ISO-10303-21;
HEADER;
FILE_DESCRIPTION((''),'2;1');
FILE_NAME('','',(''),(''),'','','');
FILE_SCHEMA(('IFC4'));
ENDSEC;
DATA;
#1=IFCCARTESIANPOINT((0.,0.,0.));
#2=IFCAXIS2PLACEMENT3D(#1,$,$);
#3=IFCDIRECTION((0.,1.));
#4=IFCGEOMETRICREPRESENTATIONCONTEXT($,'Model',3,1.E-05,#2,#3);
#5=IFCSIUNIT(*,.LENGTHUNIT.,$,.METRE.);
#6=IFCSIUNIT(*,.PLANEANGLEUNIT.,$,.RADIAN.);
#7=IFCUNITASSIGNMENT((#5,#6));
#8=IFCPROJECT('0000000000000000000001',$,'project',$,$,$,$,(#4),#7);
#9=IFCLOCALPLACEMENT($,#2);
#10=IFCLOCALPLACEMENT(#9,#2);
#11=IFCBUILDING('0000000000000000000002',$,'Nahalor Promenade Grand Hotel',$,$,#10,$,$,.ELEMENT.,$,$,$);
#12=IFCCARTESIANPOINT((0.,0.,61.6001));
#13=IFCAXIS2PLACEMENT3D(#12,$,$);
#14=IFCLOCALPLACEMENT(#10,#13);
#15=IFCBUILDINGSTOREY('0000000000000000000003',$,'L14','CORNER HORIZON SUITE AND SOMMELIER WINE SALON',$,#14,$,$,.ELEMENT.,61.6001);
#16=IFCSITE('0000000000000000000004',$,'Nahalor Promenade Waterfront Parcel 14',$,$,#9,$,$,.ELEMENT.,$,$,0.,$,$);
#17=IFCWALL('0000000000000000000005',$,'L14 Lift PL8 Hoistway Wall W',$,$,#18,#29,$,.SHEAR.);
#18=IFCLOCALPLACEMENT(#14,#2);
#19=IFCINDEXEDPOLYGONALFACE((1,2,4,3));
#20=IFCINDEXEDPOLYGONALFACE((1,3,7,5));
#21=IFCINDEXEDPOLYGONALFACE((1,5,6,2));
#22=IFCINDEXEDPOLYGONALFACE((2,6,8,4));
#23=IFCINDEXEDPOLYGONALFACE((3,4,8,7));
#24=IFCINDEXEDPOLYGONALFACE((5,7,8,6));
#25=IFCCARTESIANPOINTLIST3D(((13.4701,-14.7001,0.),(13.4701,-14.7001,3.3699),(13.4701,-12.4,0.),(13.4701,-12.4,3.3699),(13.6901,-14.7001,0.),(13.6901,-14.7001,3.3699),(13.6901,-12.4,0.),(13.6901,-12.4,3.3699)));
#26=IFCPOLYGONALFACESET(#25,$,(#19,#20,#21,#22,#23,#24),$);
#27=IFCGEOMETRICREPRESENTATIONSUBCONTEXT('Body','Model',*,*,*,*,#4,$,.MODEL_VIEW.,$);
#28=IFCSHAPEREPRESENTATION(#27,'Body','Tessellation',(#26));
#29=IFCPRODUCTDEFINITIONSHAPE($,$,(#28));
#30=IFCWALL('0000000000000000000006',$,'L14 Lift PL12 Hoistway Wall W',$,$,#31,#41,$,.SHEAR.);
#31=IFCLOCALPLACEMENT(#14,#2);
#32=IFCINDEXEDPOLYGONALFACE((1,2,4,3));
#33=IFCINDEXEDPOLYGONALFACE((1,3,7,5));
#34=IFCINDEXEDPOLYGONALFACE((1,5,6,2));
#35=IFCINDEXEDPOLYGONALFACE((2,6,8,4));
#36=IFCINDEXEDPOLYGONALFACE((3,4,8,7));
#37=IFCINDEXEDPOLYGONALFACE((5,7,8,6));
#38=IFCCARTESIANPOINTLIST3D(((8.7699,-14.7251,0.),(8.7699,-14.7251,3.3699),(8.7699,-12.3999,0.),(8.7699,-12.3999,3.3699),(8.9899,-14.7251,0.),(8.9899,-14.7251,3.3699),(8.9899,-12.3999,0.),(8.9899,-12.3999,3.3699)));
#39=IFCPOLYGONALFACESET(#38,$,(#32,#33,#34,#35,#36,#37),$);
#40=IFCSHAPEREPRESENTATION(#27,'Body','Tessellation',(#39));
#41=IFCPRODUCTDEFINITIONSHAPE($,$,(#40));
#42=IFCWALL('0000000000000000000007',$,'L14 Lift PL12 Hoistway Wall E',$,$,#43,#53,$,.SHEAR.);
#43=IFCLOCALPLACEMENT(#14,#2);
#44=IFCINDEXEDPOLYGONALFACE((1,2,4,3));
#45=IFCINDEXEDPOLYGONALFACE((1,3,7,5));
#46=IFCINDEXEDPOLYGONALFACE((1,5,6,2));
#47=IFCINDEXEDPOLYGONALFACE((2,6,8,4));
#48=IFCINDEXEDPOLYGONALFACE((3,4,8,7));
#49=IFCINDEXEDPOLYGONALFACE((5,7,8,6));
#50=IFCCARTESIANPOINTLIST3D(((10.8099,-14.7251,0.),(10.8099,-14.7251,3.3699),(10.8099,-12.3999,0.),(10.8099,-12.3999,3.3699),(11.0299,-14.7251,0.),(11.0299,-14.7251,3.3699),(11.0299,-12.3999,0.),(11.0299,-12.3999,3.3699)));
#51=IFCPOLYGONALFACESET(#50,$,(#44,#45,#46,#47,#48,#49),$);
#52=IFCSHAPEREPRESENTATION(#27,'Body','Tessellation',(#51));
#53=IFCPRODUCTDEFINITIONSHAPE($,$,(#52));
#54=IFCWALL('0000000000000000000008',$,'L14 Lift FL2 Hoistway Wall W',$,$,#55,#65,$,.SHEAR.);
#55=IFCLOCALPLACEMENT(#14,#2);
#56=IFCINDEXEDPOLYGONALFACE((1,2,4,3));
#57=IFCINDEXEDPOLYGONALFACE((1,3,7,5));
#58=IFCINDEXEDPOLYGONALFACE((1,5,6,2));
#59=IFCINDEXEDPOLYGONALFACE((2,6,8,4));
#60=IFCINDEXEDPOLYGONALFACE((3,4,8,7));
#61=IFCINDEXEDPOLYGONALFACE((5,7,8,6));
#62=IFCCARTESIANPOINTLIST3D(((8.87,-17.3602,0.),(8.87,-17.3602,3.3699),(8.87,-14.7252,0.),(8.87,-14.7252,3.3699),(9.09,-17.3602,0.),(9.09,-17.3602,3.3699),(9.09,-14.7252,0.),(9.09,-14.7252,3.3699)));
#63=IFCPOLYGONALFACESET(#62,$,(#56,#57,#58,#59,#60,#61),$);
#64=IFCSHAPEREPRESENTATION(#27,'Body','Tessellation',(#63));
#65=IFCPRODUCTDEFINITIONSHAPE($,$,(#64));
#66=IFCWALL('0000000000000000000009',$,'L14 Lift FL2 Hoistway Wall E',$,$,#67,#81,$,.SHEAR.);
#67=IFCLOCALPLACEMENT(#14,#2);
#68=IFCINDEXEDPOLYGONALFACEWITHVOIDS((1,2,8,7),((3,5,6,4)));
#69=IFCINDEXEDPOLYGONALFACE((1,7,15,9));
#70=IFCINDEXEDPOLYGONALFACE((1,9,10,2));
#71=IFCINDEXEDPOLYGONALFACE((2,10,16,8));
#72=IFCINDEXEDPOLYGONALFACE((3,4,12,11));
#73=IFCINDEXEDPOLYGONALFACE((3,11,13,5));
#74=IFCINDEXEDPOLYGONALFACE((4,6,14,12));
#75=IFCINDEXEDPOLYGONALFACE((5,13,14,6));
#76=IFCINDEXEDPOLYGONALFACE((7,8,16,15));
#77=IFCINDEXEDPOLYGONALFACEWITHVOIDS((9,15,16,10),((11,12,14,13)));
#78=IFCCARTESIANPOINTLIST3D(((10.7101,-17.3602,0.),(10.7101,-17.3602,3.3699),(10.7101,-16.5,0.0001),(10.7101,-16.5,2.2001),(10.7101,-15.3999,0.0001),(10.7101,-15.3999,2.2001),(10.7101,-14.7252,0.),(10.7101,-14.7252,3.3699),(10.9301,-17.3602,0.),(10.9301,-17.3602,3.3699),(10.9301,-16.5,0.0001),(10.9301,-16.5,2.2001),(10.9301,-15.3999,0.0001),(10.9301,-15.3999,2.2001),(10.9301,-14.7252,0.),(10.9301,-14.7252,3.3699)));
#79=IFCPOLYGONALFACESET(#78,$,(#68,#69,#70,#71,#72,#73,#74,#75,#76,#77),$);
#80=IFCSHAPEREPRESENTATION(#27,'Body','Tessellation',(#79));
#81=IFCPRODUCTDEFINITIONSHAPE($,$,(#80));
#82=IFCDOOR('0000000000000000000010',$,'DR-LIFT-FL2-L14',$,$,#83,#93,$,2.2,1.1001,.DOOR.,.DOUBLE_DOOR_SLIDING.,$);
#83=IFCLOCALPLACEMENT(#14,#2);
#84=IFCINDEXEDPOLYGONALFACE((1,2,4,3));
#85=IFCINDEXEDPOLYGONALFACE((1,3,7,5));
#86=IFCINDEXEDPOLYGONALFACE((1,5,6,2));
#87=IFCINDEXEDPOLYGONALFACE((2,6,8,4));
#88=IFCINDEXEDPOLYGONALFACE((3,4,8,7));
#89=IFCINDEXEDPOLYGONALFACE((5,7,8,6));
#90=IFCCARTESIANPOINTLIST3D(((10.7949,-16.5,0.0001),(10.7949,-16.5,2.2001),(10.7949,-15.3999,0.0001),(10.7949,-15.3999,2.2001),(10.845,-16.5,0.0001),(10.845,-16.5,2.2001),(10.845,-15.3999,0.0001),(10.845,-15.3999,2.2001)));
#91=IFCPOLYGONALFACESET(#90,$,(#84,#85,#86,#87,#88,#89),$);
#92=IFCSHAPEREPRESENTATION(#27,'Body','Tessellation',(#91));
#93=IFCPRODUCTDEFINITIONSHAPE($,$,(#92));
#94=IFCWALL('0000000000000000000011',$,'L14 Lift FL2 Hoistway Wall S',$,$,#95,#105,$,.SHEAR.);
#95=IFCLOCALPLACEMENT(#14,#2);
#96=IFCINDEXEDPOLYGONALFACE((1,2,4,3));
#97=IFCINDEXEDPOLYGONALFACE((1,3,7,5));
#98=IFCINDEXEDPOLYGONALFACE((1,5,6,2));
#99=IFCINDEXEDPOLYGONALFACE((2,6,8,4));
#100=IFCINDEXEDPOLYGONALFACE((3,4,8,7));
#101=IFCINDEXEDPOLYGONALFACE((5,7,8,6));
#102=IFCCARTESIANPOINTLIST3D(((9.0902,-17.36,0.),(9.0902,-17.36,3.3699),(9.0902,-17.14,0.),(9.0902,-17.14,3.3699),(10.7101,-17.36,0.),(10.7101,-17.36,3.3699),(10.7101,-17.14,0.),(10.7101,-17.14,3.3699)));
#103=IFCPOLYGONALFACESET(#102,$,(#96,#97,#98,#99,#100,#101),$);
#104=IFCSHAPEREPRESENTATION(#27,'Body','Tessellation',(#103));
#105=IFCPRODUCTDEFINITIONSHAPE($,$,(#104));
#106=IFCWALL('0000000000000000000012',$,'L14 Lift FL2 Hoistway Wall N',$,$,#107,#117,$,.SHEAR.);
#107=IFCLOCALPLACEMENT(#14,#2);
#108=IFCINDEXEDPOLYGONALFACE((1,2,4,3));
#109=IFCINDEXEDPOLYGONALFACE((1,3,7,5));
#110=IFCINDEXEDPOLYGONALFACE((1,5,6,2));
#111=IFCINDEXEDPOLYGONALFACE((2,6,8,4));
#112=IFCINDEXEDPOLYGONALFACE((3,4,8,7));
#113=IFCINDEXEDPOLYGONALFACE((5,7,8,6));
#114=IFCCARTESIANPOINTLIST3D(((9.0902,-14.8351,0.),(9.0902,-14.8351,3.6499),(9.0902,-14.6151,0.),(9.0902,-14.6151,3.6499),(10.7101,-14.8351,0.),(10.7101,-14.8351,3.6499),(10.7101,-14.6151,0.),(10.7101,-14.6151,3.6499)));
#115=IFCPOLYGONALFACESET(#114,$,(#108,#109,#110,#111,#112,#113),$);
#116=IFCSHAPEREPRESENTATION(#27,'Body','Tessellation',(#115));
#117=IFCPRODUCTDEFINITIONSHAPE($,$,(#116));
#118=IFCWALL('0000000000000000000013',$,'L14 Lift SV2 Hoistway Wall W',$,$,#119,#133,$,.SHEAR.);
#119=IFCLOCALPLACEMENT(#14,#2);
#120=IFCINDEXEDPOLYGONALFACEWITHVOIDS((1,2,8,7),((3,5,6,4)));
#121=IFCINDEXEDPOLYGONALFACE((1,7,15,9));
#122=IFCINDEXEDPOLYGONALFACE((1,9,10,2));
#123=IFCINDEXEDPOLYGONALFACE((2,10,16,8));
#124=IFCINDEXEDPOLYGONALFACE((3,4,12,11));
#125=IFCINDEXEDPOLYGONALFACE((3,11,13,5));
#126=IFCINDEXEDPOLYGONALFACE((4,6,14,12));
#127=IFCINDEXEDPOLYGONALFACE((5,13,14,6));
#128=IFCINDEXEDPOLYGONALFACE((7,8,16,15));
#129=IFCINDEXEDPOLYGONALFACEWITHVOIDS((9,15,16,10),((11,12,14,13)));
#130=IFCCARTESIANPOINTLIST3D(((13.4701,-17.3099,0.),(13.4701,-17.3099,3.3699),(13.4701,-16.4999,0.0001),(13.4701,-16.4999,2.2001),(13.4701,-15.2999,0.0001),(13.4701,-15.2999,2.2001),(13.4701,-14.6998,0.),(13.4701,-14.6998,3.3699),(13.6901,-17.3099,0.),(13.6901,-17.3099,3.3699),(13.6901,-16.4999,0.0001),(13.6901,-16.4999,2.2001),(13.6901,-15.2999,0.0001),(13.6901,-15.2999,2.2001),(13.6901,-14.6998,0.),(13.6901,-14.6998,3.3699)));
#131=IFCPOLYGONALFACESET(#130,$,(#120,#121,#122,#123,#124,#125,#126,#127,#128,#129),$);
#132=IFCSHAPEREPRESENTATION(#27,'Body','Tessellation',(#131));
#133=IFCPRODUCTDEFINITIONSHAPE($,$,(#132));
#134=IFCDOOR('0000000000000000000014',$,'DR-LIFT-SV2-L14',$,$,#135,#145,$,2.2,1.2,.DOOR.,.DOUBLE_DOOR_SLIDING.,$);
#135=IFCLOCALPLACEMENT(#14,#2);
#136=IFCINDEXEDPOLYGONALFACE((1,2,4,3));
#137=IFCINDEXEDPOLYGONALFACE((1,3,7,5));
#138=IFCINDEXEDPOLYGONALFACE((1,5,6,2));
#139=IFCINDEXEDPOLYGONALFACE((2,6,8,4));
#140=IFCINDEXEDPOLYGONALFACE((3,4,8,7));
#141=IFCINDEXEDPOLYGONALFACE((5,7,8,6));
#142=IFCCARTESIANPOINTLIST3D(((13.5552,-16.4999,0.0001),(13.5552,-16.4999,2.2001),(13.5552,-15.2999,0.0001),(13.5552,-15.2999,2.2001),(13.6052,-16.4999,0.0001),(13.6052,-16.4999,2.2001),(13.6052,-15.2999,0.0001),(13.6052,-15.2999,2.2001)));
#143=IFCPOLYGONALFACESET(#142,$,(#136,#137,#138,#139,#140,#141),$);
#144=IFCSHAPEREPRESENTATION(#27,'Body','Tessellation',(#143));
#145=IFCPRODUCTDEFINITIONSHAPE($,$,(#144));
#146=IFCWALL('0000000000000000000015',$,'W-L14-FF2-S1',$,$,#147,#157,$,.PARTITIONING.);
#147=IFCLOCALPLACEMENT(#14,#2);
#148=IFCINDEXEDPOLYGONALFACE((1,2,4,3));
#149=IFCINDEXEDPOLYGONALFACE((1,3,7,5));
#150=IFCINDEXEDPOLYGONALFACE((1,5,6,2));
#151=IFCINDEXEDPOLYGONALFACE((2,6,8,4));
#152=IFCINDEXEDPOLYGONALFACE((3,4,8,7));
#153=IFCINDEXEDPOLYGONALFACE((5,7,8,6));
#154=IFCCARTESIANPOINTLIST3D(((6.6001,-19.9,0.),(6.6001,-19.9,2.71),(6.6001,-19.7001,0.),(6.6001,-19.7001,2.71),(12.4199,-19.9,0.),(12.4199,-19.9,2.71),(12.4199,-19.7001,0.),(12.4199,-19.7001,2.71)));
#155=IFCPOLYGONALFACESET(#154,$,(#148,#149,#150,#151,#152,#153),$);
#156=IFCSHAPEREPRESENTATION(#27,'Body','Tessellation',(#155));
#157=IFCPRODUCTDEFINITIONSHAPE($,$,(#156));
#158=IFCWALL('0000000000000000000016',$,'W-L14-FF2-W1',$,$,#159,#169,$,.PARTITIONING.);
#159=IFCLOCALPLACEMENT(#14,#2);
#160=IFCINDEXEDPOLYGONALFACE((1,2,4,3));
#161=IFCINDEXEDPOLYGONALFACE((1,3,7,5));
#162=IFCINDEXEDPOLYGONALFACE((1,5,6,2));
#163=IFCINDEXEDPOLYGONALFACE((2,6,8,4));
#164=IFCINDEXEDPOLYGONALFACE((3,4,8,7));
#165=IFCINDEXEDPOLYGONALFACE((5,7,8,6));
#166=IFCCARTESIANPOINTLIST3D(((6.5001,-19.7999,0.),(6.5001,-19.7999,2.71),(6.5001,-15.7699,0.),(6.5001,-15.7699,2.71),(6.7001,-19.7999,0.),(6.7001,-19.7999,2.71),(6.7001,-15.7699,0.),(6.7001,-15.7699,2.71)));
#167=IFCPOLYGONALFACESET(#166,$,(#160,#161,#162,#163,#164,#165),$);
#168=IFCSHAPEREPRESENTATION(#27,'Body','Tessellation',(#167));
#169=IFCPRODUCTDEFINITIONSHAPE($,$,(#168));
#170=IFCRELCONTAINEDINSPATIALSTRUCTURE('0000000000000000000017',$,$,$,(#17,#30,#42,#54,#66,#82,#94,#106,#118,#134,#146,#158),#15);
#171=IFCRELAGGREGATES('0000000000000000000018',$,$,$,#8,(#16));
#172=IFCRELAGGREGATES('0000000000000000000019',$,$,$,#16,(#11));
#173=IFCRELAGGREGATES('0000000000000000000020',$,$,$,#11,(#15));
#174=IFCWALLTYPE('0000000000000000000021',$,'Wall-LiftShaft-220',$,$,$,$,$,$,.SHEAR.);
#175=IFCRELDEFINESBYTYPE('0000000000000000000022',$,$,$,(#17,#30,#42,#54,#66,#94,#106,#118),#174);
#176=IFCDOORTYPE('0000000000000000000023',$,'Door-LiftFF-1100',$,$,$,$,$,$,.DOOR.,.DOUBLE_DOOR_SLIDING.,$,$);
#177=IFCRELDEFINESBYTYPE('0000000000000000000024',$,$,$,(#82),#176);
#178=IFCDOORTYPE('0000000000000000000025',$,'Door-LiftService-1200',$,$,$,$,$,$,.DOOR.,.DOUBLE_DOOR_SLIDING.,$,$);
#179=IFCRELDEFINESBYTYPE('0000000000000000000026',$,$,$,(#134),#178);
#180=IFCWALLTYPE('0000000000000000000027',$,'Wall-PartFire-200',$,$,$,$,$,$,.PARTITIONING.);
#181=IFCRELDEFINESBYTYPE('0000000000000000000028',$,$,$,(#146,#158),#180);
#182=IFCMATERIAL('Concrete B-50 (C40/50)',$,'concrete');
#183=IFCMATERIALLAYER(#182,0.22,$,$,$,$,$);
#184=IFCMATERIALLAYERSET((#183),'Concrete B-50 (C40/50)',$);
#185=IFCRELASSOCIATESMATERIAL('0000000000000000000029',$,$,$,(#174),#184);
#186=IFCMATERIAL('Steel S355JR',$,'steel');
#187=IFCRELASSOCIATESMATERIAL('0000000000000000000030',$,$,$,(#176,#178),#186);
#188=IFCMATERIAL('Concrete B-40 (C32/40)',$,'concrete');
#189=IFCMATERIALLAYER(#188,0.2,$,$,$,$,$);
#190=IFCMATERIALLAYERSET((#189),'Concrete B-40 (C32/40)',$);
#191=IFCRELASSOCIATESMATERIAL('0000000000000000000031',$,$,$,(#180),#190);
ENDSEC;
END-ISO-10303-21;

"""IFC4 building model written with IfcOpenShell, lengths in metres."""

from ifc_helpers import new_model, si_unit, direction, frame, frame_2d, origin, place, context, subcontext, project, spatial, rectangle, extrude, source, transform, mapped, material, layer, layer_set, type_object, element, fill, save


model = new_model("IFC4")

# Units and contexts
model_context = context("Model", 3, precision=1e-05, world=origin(), true_north=direction((0.0, 1.0)))
body_context = subcontext(model_context, "Body", "Model", "MODEL_VIEW")
ifc_project = project(units=[si_unit("LENGTHUNIT", "METRE"), si_unit("PLANEANGLEUNIT", "RADIAN")], contexts=[model_context])

# Site, building, storey
site_placement = place(None, origin())
site = spatial("IfcSite", under=ifc_project, at=site_placement, Name="Nahalor Promenade Waterfront Parcel 14", CompositionType="ELEMENT", RefElevation=0.0)
building_placement = place(site_placement, origin())
building = spatial("IfcBuilding", under=site, at=building_placement, Name="Nahalor Promenade Grand Hotel", CompositionType="ELEMENT")
storey_placement = place(building_placement, frame((0.0, 0.0, 61.6001)))
storey = spatial("IfcBuildingStorey", under=building, at=storey_placement, Name="L14", Description="CORNER HORIZON SUITE AND SOMMELIER WINE SALON", CompositionType="ELEMENT", Elevation=61.6001)

# Shared definitions
ifc_material_1 = material(Name="Steel S355JR", Category="steel")

# Shared definitions
ifc_material_2 = material(Name="Concrete B-50 (C40/50)", Category="concrete")

# Walls
ifc_layer_1 = layer(ifc_material_2, 0.22)
ifc_layer_set_1 = layer_set([ifc_layer_1], Name="Concrete B-50 (C40/50)")
wall_type_1 = type_object("IfcWallType", Name="Wall-LiftShaft-220", PredefinedType="SHEAR", material=ifc_layer_set_1)
shared_shape_1 = source(origin(), body_context, "Body", "SweptSolid", [
    extrude(rectangle(XDim=2.3, YDim=0.22, at=frame_2d((1.1499, 0.0))), origin(), (0.0, 0.0, 1.0), 3.3699),
])
wall_1_placement = place(storey_placement, frame((13.5801, -14.7, 0.0), z_axis=(0.0, 0.0, 1.0), x_axis=(0.0, 1.0, 0.0)))
element("IfcWall", 1, at=wall_1_placement, inside=storey, type_object=wall_type_1, Name="L14 Lift PL8 Hoistway Wall W", PredefinedType="SHEAR", context=body_context, shape_type="MappedRepresentation", body=[
    mapped(shared_shape_1, transform((0.0, 0.0, 0.0), scale=1.0)),
])
shared_shape_2 = source(origin(), body_context, "Body", "SweptSolid", [
    extrude(rectangle(XDim=2.3252, YDim=0.22, at=frame_2d((1.1626, 0.0))), origin(), (0.0, 0.0, 1.0), 3.3699),
])
for number, where, z_axis, x_axis, name in (
    (2, (8.8799, -14.7251, 0.0), (0.0, 0.0, 1.0), (0.0, 1.0, 0.0), "L14 Lift PL12 Hoistway Wall W"),
    (3, (10.9199, -14.7251, 0.0), (0.0, 0.0, 1.0), (0.0, 1.0, 0.0), "L14 Lift PL12 Hoistway Wall E"),
):
    element("IfcWall", number, at=place(storey_placement, frame(where, z_axis=z_axis, x_axis=x_axis)), inside=storey, type_object=wall_type_1, Name=name, PredefinedType="SHEAR", context=body_context, shape_type="MappedRepresentation", body=[
        mapped(shared_shape_2, transform((0.0, 0.0, 0.0), scale=1.0)),
    ])
shared_shape_3 = source(origin(), body_context, "Body", "SweptSolid", [
    extrude(rectangle(XDim=2.635, YDim=0.22, at=frame_2d((1.3174, 0.0))), origin(), (0.0, 0.0, 1.0), 3.3699),
])
wall_2_placement = place(storey_placement, frame((8.98, -17.3601, 0.0), z_axis=(0.0, 0.0, 1.0), x_axis=(0.0, 1.0, 0.0)))
element("IfcWall", 4, at=wall_2_placement, inside=storey, type_object=wall_type_1, Name="L14 Lift FL2 Hoistway Wall W", PredefinedType="SHEAR", context=body_context, shape_type="MappedRepresentation", body=[
    mapped(shared_shape_3, transform((0.0, 0.0, 0.0), scale=1.0)),
])

# Wall, opening, door
wall_3_placement = place(storey_placement, frame((10.8201, -17.3601, 0.0), z_axis=(0.0, 0.0, 1.0), x_axis=(0.0, 1.0, 0.0)))
wall_3 = element("IfcWall", 5, at=wall_3_placement, inside=storey, type_object=wall_type_1, Name="L14 Lift FL2 Hoistway Wall E", PredefinedType="SHEAR", context=body_context, shape_type="MappedRepresentation", body=[
    mapped(shared_shape_3, transform((0.0, 0.0, 0.0), scale=1.0)),
])
opening_1_placement = place(wall_3_placement, frame((0.8601, 0.0, 0.0)))
opening_1 = element("IfcOpeningElement", 6, at=opening_1_placement, cuts=wall_3, PredefinedType="OPENING", context=body_context, shape_type="SweptSolid", body=[
    extrude(rectangle(XDim=1.1001, YDim=2.2, at=frame_2d((0.55, 1.1001))), frame((0.0, 0.1199, 0.0), z_axis=(0.0, -1.0, 0.0), x_axis=(1.0, 0.0, 0.0)), (0.0, 0.0, 1.0), 0.24),
])
door_type_1 = type_object("IfcDoorType", Name="Door-LiftFF-1100", OperationType="DOUBLE_DOOR_SLIDING", PredefinedType="DOOR", material=ifc_material_1)
shared_shape_4 = source(origin(), body_context, "Body", "SweptSolid", [
    extrude(rectangle(XDim=1.1001, YDim=2.2, at=frame_2d((0.55, 1.1001))), frame((0.0, 0.0249, 0.0), z_axis=(0.0, -1.0, 0.0), x_axis=(1.0, 0.0, 0.0)), (0.0, 0.0, 1.0), 0.05),
])
door_1_placement = place(opening_1_placement, frame((1.1001, 0.0, 0.0), z_axis=(0.0, 0.0, 1.0), x_axis=(-1.0, 0.0, 0.0)))
door_1 = element("IfcDoor", 7, at=door_1_placement, inside=storey, type_object=door_type_1, Name="DR-LIFT-FL2-L14", OperationType="DOUBLE_DOOR_SLIDING", OverallHeight=2.2, OverallWidth=1.1001, PredefinedType="DOOR", context=body_context, shape_type="MappedRepresentation", body=[
    mapped(shared_shape_4, transform((0.0, 0.0, 0.0), scale=1.0)),
])
fill(opening_1, door_1)

# Walls
shared_shape_5 = source(origin(), body_context, "Body", "SweptSolid", [
    extrude(rectangle(XDim=1.6199, YDim=0.22, at=frame_2d((0.8101, 0.0))), origin(), (0.0, 0.0, 1.0), 3.3699),
])
wall_4_placement = place(storey_placement, frame((9.0901, -17.25, 0.0), z_axis=(0.0, 0.0, 1.0), x_axis=(1.0, 0.0, 0.0)))
element("IfcWall", 8, at=wall_4_placement, inside=storey, type_object=wall_type_1, Name="L14 Lift FL2 Hoistway Wall S", PredefinedType="SHEAR", context=body_context, shape_type="MappedRepresentation", body=[
    mapped(shared_shape_5, transform((0.0, 0.0, 0.0), scale=1.0)),
])
shared_shape_6 = source(origin(), body_context, "Body", "SweptSolid", [
    extrude(rectangle(XDim=1.6199, YDim=0.22, at=frame_2d((0.8101, 0.0))), origin(), (0.0, 0.0, 1.0), 3.6499),
])
wall_5_placement = place(storey_placement, frame((9.0901, -14.7251, 0.0), z_axis=(0.0, 0.0, 1.0), x_axis=(1.0, 0.0, 0.0)))
element("IfcWall", 9, at=wall_5_placement, inside=storey, type_object=wall_type_1, Name="L14 Lift FL2 Hoistway Wall N", PredefinedType="SHEAR", context=body_context, shape_type="MappedRepresentation", body=[
    mapped(shared_shape_6, transform((0.0, 0.0, 0.0), scale=1.0)),
])

# Wall, opening, door
shared_shape_7 = source(origin(), body_context, "Body", "SweptSolid", [
    extrude(rectangle(XDim=2.6101, YDim=0.22, at=frame_2d((1.3052, 0.0))), origin(), (0.0, 0.0, 1.0), 3.3699),
])
wall_6_placement = place(storey_placement, frame((13.5801, -17.3101, 0.0), z_axis=(0.0, 0.0, 1.0), x_axis=(0.0, 1.0, 0.0)))
wall_6 = element("IfcWall", 10, at=wall_6_placement, inside=storey, type_object=wall_type_1, Name="L14 Lift SV2 Hoistway Wall W", PredefinedType="SHEAR", context=body_context, shape_type="MappedRepresentation", body=[
    mapped(shared_shape_7, transform((0.0, 0.0, 0.0), scale=1.0)),
])
opening_2_placement = place(wall_6_placement, frame((0.8101, 0.0, 0.0)))
opening_2 = element("IfcOpeningElement", 11, at=opening_2_placement, cuts=wall_6, PredefinedType="OPENING", context=body_context, shape_type="SweptSolid", body=[
    extrude(rectangle(XDim=1.2, YDim=2.2, at=frame_2d((0.6001, 1.1001))), frame((0.0, 0.1199, 0.0), z_axis=(0.0, -1.0, 0.0), x_axis=(1.0, 0.0, 0.0)), (0.0, 0.0, 1.0), 0.24),
])
door_type_2 = type_object("IfcDoorType", Name="Door-LiftService-1200", OperationType="DOUBLE_DOOR_SLIDING", PredefinedType="DOOR", material=ifc_material_1)
shared_shape_8 = source(origin(), body_context, "Body", "SweptSolid", [
    extrude(rectangle(XDim=1.2, YDim=2.2, at=frame_2d((0.6001, 1.1001))), frame((0.0, 0.0249, 0.0), z_axis=(0.0, -1.0, 0.0), x_axis=(1.0, 0.0, 0.0)), (0.0, 0.0, 1.0), 0.05),
])
door_2_placement = place(opening_2_placement, origin())
door_2 = element("IfcDoor", 12, at=door_2_placement, inside=storey, type_object=door_type_2, Name="DR-LIFT-SV2-L14", OperationType="DOUBLE_DOOR_SLIDING", OverallHeight=2.2, OverallWidth=1.2, PredefinedType="DOOR", context=body_context, shape_type="MappedRepresentation", body=[
    mapped(shared_shape_8, transform((0.0, 0.0, 0.0), scale=1.0)),
])
fill(opening_2, door_2)

# Walls
ifc_material_3 = material(Name="Concrete B-40 (C32/40)", Category="concrete")
ifc_layer_2 = layer(ifc_material_3, 0.2)
ifc_layer_set_2 = layer_set([ifc_layer_2], Name="Concrete B-40 (C32/40)")
wall_type_2 = type_object("IfcWallType", Name="Wall-PartFire-200", PredefinedType="PARTITIONING", material=ifc_layer_set_2)
shared_shape_9 = source(origin(), body_context, "Body", "SweptSolid", [
    extrude(rectangle(XDim=5.8198, YDim=0.2, at=frame_2d((2.9099, 0.0))), origin(), (0.0, 0.0, 1.0), 2.71),
])
wall_7_placement = place(storey_placement, frame((6.6001, -19.8, 0.0), z_axis=(0.0, 0.0, 1.0), x_axis=(1.0, 0.0, 0.0)))
element("IfcWall", 13, at=wall_7_placement, inside=storey, type_object=wall_type_2, Name="W-L14-FF2-S1", PredefinedType="PARTITIONING", context=body_context, shape_type="MappedRepresentation", body=[
    mapped(shared_shape_9, transform((0.0, 0.0, 0.0), scale=1.0)),
])
shared_shape_10 = source(origin(), body_context, "Body", "SweptSolid", [
    extrude(rectangle(XDim=4.03, YDim=0.2, at=frame_2d((2.0151, 0.0))), origin(), (0.0, 0.0, 1.0), 2.71),
])
wall_8_placement = place(storey_placement, frame((6.6001, -19.8, 0.0), z_axis=(0.0, 0.0, 1.0), x_axis=(0.0, 1.0, 0.0)))
element("IfcWall", 14, at=wall_8_placement, inside=storey, type_object=wall_type_2, Name="W-L14-FF2-W1", PredefinedType="PARTITIONING", context=body_context, shape_type="MappedRepresentation", body=[
    mapped(shared_shape_10, transform((0.0, 0.0, 0.0), scale=1.0)),
])

save(model, "model.ifc")
